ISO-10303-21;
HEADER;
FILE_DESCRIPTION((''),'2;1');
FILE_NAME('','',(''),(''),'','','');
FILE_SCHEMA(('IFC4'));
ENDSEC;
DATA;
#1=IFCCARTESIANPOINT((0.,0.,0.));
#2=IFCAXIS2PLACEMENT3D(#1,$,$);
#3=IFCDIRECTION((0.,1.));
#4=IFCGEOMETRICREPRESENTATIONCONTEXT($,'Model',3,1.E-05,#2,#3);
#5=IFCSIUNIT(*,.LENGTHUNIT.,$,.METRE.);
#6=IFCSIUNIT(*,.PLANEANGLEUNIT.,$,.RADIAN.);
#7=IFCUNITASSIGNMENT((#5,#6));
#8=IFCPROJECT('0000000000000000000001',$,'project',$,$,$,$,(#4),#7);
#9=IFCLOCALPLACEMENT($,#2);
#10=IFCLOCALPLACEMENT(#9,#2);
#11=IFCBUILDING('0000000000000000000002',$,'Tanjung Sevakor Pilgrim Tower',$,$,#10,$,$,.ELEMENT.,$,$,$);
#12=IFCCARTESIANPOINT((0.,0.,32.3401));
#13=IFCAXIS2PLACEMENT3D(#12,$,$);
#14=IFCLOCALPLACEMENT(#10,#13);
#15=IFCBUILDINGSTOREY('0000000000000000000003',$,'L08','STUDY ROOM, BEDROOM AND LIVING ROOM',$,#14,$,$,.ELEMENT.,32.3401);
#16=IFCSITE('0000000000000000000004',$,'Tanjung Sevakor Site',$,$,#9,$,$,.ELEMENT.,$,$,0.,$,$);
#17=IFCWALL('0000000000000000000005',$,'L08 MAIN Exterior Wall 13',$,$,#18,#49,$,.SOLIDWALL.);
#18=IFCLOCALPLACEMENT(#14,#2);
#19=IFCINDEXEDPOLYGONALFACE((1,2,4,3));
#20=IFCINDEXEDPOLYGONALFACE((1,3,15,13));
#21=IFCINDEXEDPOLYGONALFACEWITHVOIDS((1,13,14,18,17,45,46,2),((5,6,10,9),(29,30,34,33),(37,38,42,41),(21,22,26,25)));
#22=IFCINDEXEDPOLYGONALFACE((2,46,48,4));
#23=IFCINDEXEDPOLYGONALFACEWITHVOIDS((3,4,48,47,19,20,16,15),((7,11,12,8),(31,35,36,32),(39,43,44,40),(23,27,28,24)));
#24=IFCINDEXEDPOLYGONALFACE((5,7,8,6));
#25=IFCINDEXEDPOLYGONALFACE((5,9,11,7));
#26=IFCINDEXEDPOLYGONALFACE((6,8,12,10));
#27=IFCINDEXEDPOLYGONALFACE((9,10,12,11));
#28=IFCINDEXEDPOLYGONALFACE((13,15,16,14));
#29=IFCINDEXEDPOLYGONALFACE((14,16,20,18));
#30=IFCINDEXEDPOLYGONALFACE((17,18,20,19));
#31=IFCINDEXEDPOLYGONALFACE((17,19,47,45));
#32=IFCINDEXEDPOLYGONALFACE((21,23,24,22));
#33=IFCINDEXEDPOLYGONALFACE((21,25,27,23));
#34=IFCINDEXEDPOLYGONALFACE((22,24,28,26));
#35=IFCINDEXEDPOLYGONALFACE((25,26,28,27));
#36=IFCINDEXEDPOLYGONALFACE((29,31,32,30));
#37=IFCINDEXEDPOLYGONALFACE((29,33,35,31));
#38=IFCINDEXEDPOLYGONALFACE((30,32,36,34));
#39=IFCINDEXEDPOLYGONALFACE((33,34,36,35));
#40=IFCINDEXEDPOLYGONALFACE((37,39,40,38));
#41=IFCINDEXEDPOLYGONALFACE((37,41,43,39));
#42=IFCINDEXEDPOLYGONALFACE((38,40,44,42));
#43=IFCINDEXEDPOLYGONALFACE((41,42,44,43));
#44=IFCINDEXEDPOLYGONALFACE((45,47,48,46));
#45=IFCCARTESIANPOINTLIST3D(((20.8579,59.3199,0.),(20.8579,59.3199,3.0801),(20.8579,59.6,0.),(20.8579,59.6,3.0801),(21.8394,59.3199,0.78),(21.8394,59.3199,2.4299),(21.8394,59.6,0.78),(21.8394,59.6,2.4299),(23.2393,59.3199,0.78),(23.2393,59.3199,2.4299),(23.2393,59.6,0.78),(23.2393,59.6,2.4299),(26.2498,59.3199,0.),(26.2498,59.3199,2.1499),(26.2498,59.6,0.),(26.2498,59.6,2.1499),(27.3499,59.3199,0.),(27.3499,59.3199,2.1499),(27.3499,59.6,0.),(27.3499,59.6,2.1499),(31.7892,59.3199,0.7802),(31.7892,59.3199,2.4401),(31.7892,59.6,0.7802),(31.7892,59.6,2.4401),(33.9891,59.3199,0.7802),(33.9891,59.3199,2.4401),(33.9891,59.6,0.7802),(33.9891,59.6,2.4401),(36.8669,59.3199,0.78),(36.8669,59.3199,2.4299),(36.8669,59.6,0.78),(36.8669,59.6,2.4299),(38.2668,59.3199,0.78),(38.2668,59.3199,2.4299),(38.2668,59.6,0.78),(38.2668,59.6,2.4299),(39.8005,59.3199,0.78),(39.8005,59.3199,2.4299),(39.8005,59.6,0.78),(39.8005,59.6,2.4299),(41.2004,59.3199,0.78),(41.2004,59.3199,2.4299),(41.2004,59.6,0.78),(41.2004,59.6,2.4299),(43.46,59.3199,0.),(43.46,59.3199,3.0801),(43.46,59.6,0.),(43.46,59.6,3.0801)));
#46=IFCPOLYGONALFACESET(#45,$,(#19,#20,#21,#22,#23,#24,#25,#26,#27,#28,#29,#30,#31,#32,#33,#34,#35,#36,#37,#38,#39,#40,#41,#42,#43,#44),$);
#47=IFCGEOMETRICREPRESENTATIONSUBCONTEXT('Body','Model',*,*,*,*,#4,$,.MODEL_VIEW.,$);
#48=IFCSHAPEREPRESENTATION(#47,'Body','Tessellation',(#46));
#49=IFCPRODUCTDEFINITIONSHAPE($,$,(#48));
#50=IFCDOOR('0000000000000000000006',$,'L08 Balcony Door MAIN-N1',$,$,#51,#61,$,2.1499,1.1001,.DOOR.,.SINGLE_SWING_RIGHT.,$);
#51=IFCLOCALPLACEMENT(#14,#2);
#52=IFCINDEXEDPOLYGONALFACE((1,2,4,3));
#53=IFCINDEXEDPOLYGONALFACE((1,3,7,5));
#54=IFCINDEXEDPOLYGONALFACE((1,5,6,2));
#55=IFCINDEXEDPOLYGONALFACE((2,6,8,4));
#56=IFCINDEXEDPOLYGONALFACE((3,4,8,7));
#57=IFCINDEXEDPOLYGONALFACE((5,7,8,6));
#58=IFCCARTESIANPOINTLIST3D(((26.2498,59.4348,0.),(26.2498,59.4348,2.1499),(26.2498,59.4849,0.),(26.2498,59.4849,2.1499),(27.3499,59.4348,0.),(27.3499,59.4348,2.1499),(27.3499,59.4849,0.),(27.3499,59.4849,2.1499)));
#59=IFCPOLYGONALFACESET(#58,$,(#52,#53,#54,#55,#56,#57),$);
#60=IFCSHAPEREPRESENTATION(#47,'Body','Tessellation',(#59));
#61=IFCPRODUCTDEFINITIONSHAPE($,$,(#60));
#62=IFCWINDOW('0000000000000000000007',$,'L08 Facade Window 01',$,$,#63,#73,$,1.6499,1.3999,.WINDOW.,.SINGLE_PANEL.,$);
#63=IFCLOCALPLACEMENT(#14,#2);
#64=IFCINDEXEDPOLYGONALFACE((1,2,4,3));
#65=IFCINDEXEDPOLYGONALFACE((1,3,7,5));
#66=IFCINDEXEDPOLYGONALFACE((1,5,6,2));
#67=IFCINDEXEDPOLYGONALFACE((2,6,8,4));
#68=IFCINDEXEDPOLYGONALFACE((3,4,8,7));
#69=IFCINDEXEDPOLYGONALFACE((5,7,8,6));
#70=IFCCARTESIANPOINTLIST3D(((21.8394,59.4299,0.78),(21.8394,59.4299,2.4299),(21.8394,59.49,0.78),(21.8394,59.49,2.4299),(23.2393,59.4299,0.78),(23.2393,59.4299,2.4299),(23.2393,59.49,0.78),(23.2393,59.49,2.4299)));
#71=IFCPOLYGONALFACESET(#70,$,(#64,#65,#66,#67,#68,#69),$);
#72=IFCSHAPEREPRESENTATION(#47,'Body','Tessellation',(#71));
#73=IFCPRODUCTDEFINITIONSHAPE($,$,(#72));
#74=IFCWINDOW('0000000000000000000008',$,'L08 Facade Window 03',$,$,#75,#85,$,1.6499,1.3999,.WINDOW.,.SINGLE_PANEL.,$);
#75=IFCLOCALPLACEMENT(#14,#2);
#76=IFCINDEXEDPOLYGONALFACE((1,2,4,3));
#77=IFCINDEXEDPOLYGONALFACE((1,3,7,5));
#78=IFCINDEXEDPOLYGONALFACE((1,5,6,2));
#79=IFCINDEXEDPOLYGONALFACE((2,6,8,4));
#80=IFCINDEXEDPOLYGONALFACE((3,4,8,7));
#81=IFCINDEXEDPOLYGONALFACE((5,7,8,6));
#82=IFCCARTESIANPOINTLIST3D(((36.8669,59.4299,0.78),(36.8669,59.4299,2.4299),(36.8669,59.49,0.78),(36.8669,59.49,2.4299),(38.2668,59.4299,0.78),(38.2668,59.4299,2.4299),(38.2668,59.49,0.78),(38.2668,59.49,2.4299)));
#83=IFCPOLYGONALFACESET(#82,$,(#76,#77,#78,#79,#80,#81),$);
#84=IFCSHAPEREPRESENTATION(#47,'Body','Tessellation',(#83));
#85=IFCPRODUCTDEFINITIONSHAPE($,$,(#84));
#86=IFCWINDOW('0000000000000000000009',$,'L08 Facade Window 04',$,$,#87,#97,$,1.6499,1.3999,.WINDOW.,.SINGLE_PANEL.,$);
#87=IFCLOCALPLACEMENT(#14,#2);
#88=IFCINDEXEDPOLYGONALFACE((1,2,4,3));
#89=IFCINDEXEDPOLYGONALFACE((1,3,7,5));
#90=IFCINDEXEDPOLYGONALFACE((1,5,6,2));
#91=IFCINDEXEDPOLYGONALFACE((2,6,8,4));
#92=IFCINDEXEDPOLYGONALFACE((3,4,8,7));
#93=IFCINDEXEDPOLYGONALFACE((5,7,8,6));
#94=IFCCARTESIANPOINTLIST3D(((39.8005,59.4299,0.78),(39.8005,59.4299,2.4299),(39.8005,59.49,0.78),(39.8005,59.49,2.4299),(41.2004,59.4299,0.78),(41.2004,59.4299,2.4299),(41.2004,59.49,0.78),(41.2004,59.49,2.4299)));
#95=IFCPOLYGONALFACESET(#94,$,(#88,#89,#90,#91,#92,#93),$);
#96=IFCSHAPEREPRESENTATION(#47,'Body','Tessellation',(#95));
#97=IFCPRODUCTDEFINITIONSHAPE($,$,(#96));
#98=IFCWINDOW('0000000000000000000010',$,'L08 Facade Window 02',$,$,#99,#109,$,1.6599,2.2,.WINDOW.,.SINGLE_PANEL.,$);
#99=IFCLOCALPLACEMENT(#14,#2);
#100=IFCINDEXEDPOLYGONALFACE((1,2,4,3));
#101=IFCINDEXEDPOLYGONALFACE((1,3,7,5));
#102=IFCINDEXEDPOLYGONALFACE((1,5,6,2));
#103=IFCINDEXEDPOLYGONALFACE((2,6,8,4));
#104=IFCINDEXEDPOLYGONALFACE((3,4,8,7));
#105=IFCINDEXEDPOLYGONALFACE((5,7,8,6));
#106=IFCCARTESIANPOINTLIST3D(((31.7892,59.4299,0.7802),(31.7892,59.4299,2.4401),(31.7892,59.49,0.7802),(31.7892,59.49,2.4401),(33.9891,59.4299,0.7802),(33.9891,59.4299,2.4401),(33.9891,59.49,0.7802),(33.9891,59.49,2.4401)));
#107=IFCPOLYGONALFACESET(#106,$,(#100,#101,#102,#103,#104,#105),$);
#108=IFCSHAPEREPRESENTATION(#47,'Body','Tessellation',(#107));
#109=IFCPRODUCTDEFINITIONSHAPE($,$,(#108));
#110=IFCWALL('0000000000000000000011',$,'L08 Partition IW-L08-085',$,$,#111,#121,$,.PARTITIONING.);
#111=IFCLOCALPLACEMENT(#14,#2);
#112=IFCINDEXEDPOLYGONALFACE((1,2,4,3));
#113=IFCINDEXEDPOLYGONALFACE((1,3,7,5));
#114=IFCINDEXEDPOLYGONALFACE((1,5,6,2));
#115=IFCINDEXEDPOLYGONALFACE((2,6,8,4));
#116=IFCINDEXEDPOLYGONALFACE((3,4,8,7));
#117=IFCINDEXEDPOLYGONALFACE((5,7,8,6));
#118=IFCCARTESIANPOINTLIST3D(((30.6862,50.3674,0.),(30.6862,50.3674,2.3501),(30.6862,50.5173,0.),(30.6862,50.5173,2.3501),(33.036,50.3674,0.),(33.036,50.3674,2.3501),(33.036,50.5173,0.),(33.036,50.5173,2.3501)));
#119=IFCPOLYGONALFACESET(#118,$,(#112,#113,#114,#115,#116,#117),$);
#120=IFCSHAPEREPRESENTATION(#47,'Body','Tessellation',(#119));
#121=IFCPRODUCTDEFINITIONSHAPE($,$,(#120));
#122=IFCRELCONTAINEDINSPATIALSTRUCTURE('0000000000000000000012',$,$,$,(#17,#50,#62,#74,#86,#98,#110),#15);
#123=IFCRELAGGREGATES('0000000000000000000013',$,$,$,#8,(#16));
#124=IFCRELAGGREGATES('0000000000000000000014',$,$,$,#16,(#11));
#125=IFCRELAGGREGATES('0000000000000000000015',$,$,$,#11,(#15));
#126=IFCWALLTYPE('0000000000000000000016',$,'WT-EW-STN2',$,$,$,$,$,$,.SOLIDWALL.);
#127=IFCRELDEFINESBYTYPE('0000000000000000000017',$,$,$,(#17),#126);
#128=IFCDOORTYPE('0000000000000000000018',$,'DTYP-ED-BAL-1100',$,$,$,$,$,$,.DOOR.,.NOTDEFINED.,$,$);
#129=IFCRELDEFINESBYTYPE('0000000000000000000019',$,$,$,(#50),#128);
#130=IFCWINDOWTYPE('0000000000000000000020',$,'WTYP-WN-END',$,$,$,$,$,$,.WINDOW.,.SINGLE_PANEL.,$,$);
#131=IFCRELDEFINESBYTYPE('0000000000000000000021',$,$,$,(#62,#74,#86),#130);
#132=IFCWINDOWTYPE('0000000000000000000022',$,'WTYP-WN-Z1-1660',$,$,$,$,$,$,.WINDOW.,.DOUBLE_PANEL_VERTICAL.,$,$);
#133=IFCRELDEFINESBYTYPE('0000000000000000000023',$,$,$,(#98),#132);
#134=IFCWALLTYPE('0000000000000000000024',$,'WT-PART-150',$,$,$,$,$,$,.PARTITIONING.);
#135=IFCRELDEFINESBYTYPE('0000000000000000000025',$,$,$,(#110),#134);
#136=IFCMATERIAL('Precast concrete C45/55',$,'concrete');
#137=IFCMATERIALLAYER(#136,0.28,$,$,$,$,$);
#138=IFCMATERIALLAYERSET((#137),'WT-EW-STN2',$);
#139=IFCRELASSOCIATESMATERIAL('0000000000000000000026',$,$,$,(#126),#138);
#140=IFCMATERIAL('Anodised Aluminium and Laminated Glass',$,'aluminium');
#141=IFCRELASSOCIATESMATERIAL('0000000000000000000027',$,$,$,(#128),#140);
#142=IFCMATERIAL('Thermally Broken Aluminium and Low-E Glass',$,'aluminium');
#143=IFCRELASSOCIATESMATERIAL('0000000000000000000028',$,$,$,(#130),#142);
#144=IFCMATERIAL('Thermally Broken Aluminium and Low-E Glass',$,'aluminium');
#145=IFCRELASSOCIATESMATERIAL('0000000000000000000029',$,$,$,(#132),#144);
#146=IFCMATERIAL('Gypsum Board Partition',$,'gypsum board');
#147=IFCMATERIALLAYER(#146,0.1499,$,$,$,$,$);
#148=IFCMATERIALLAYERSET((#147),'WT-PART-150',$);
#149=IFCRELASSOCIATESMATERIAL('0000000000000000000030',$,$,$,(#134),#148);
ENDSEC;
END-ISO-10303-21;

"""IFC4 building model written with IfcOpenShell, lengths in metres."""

from ifc_helpers import new_model, si_unit, direction, frame, frame_2d, origin, place, context, subcontext, project, spatial, rectangle, extrude, material, layer, layer_set, type_object, element, fill, save


model = new_model("IFC4")

# Units and contexts
model_context = context("Model", 3, precision=1e-05, world=origin(), true_north=direction((0.0, 1.0)))
body_context = subcontext(model_context, "Body", "Model", "MODEL_VIEW")
ifc_project = project(units=[si_unit("LENGTHUNIT", "METRE"), si_unit("PLANEANGLEUNIT", "RADIAN")], contexts=[model_context])

# Site, building, storey
site_placement = place(None, origin())
site = spatial("IfcSite", under=ifc_project, at=site_placement, Name="Tanjung Sevakor Site", CompositionType="ELEMENT", RefElevation=0.0)
building_placement = place(site_placement, origin())
building = spatial("IfcBuilding", under=site, at=building_placement, Name="Tanjung Sevakor Pilgrim Tower", CompositionType="ELEMENT")
storey_placement = place(building_placement, frame((0.0, 0.0, 32.3401)))
storey = spatial("IfcBuildingStorey", under=building, at=storey_placement, Name="L08", Description="STUDY ROOM, BEDROOM AND LIVING ROOM", CompositionType="ELEMENT", Elevation=32.3401)

# Shared definitions
ifc_material_1 = material(Name="Precast concrete C45/55", Category="concrete")
ifc_layer_1 = layer(ifc_material_1, 0.28)
ifc_layer_set_1 = layer_set([ifc_layer_1], Name="WT-EW-STN2")
wall_type_1 = type_object("IfcWallType", Name="WT-EW-STN2", PredefinedType="SOLIDWALL", material=ifc_layer_set_1)

# Wall, openings, door, windows
wall_1_placement = place(storey_placement, frame((43.46, 59.46, 0.0), z_axis=(0.0, 0.0, 1.0), x_axis=(-1.0, 0.0, 0.0)))
wall_1 = element("IfcWall", 1, at=wall_1_placement, inside=storey, type_object=wall_type_1, Name="L08 MAIN Exterior Wall 13", PredefinedType="SOLIDWALL", context=body_context, shape_type="SweptSolid", body=[
    extrude(rectangle(XDim=22.6021, YDim=0.28, at=frame_2d((11.301, 0.0))), origin(), (0.0, 0.0, 1.0), 3.0801),
])
opening_1_placement = place(wall_1_placement, frame((16.1101, 0.0, 0.0)))
opening_1 = element("IfcOpeningElement", 2, at=opening_1_placement, cuts=wall_1, PredefinedType="OPENING", context=body_context, shape_type="SweptSolid", body=[
    extrude(rectangle(XDim=1.1001, YDim=2.1499, at=frame_2d((0.55, 1.075))), frame((0.0, 0.1499, 0.0), z_axis=(0.0, -1.0, 0.0), x_axis=(1.0, 0.0, 0.0)), (0.0, 0.0, 1.0), 0.3),
])
opening_2_placement = place(wall_1_placement, frame((20.2207, 0.0, 0.78)))
opening_2 = element("IfcOpeningElement", 3, at=opening_2_placement, cuts=wall_1, PredefinedType="OPENING", context=body_context, shape_type="SweptSolid", body=[
    extrude(rectangle(XDim=1.3999, YDim=1.6499, at=frame_2d((0.7, 0.825))), frame((0.0, 0.1499, 0.0), z_axis=(0.0, -1.0, 0.0), x_axis=(1.0, 0.0, 0.0)), (0.0, 0.0, 1.0), 0.3),
])
opening_3_placement = place(wall_1_placement, frame((9.4707, 0.0, 0.78)))
opening_3 = element("IfcOpeningElement", 4, at=opening_3_placement, cuts=wall_1, PredefinedType="OPENING", context=body_context, shape_type="SweptSolid", body=[
    extrude(rectangle(XDim=2.2, YDim=1.6599, at=frame_2d((1.1001, 0.8301))), frame((0.0, 0.1499, 0.0), z_axis=(0.0, -1.0, 0.0), x_axis=(1.0, 0.0, 0.0)), (0.0, 0.0, 1.0), 0.3),
])
opening_4_placement = place(wall_1_placement, frame((5.1931, 0.0, 0.78)))
opening_4 = element("IfcOpeningElement", 5, at=opening_4_placement, cuts=wall_1, PredefinedType="OPENING", context=body_context, shape_type="SweptSolid", body=[
    extrude(rectangle(XDim=1.3999, YDim=1.6499, at=frame_2d((0.7, 0.825))), frame((0.0, 0.1499, 0.0), z_axis=(0.0, -1.0, 0.0), x_axis=(1.0, 0.0, 0.0)), (0.0, 0.0, 1.0), 0.3),
])
opening_5_placement = place(wall_1_placement, frame((2.2595, 0.0, 0.78)))
opening_5 = element("IfcOpeningElement", 6, at=opening_5_placement, cuts=wall_1, PredefinedType="OPENING", context=body_context, shape_type="SweptSolid", body=[
    extrude(rectangle(XDim=1.3999, YDim=1.6499, at=frame_2d((0.7, 0.825))), frame((0.0, 0.1499, 0.0), z_axis=(0.0, -1.0, 0.0), x_axis=(1.0, 0.0, 0.0)), (0.0, 0.0, 1.0), 0.3),
])
ifc_material_2 = material(Name="Anodised Aluminium and Laminated Glass", Category="aluminium")
door_type_1 = type_object("IfcDoorType", Name="DTYP-ED-BAL-1100", OperationType="NOTDEFINED", PredefinedType="DOOR", material=ifc_material_2)
door_1_placement = place(opening_1_placement, frame((1.1001, 0.0, 0.0), z_axis=(0.0, 0.0, 1.0), x_axis=(-1.0, 0.0, 0.0)))
door_1 = element("IfcDoor", 7, at=door_1_placement, inside=storey, type_object=door_type_1, Name="L08 Balcony Door MAIN-N1", OperationType="SINGLE_SWING_RIGHT", OverallHeight=2.1499, OverallWidth=1.1001, PredefinedType="DOOR", context=body_context, shape_type="SweptSolid", body=[
    extrude(rectangle(XDim=1.1001, YDim=2.1499, at=frame_2d((0.55, 1.075))), frame((0.0, 0.0249, 0.0), z_axis=(0.0, -1.0, 0.0), x_axis=(1.0, 0.0, 0.0)), (0.0, 0.0, 1.0), 0.05),
])
fill(opening_1, door_1)
ifc_material_3 = material(Name="Thermally Broken Aluminium and Low-E Glass", Category="aluminium")
window_type_1 = type_object("IfcWindowType", Name="WTYP-WN-END", PartitioningType="SINGLE_PANEL", PredefinedType="WINDOW", material=ifc_material_3)
window_1_placement = place(opening_2_placement, origin())
window_1 = element("IfcWindow", 8, at=window_1_placement, inside=storey, type_object=window_type_1, Name="L08 Facade Window 01", OverallHeight=1.6499, OverallWidth=1.3999, PartitioningType="SINGLE_PANEL", PredefinedType="WINDOW", context=body_context, shape_type="SweptSolid", body=[
    extrude(rectangle(XDim=1.3999, YDim=1.6499, at=frame_2d((0.7, 0.825))), frame((0.0, 0.03, 0.0), z_axis=(0.0, -1.0, 0.0), x_axis=(1.0, 0.0, 0.0)), (0.0, 0.0, 1.0), 0.0601),
])
fill(opening_2, window_1)
window_2_placement = place(opening_4_placement, origin())
window_2 = element("IfcWindow", 9, at=window_2_placement, inside=storey, type_object=window_type_1, Name="L08 Facade Window 03", OverallHeight=1.6499, OverallWidth=1.3999, PartitioningType="SINGLE_PANEL", PredefinedType="WINDOW", context=body_context, shape_type="SweptSolid", body=[
    extrude(rectangle(XDim=1.3999, YDim=1.6499, at=frame_2d((0.7, 0.825))), frame((0.0, 0.03, 0.0), z_axis=(0.0, -1.0, 0.0), x_axis=(1.0, 0.0, 0.0)), (0.0, 0.0, 1.0), 0.0601),
])
fill(opening_4, window_2)
window_3_placement = place(opening_5_placement, origin())
window_3 = element("IfcWindow", 10, at=window_3_placement, inside=storey, type_object=window_type_1, Name="L08 Facade Window 04", OverallHeight=1.6499, OverallWidth=1.3999, PartitioningType="SINGLE_PANEL", PredefinedType="WINDOW", context=body_context, shape_type="SweptSolid", body=[
    extrude(rectangle(XDim=1.3999, YDim=1.6499, at=frame_2d((0.7, 0.825))), frame((0.0, 0.03, 0.0), z_axis=(0.0, -1.0, 0.0), x_axis=(1.0, 0.0, 0.0)), (0.0, 0.0, 1.0), 0.0601),
])
fill(opening_5, window_3)
ifc_material_4 = material(Name="Thermally Broken Aluminium and Low-E Glass", Category="aluminium")
window_type_2 = type_object("IfcWindowType", Name="WTYP-WN-Z1-1660", PartitioningType="DOUBLE_PANEL_VERTICAL", PredefinedType="WINDOW", material=ifc_material_4)
window_4_placement = place(opening_3_placement, origin())
window_4 = element("IfcWindow", 11, at=window_4_placement, inside=storey, type_object=window_type_2, Name="L08 Facade Window 02", OverallHeight=1.6599, OverallWidth=2.2, PartitioningType="SINGLE_PANEL", PredefinedType="WINDOW", context=body_context, shape_type="SweptSolid", body=[
    extrude(rectangle(XDim=2.2, YDim=1.6599, at=frame_2d((1.1001, 0.8301))), frame((0.0, 0.03, 0.0), z_axis=(0.0, -1.0, 0.0), x_axis=(1.0, 0.0, 0.0)), (0.0, 0.0, 1.0), 0.0601),
])
fill(opening_3, window_4)

# Wall
ifc_material_5 = material(Name="Gypsum Board Partition", Category="gypsum board")
ifc_layer_2 = layer(ifc_material_5, 0.1499)
ifc_layer_set_2 = layer_set([ifc_layer_2], Name="WT-PART-150")
wall_type_2 = type_object("IfcWallType", Name="WT-PART-150", PredefinedType="PARTITIONING", material=ifc_layer_set_2)
wall_2_placement = place(storey_placement, frame((30.6863, 50.4424, 0.0), z_axis=(0.0, 0.0, 1.0), x_axis=(1.0, 0.0, 0.0)))
element("IfcWall", 12, at=wall_2_placement, inside=storey, type_object=wall_type_2, Name="L08 Partition IW-L08-085", PredefinedType="PARTITIONING", context=body_context, shape_type="SweptSolid", body=[
    extrude(rectangle(XDim=2.3499, YDim=0.1499, at=frame_2d((1.1748, 0.0))), origin(), (0.0, 0.0, 1.0), 2.3501),
])

save(model, "model.ifc")
